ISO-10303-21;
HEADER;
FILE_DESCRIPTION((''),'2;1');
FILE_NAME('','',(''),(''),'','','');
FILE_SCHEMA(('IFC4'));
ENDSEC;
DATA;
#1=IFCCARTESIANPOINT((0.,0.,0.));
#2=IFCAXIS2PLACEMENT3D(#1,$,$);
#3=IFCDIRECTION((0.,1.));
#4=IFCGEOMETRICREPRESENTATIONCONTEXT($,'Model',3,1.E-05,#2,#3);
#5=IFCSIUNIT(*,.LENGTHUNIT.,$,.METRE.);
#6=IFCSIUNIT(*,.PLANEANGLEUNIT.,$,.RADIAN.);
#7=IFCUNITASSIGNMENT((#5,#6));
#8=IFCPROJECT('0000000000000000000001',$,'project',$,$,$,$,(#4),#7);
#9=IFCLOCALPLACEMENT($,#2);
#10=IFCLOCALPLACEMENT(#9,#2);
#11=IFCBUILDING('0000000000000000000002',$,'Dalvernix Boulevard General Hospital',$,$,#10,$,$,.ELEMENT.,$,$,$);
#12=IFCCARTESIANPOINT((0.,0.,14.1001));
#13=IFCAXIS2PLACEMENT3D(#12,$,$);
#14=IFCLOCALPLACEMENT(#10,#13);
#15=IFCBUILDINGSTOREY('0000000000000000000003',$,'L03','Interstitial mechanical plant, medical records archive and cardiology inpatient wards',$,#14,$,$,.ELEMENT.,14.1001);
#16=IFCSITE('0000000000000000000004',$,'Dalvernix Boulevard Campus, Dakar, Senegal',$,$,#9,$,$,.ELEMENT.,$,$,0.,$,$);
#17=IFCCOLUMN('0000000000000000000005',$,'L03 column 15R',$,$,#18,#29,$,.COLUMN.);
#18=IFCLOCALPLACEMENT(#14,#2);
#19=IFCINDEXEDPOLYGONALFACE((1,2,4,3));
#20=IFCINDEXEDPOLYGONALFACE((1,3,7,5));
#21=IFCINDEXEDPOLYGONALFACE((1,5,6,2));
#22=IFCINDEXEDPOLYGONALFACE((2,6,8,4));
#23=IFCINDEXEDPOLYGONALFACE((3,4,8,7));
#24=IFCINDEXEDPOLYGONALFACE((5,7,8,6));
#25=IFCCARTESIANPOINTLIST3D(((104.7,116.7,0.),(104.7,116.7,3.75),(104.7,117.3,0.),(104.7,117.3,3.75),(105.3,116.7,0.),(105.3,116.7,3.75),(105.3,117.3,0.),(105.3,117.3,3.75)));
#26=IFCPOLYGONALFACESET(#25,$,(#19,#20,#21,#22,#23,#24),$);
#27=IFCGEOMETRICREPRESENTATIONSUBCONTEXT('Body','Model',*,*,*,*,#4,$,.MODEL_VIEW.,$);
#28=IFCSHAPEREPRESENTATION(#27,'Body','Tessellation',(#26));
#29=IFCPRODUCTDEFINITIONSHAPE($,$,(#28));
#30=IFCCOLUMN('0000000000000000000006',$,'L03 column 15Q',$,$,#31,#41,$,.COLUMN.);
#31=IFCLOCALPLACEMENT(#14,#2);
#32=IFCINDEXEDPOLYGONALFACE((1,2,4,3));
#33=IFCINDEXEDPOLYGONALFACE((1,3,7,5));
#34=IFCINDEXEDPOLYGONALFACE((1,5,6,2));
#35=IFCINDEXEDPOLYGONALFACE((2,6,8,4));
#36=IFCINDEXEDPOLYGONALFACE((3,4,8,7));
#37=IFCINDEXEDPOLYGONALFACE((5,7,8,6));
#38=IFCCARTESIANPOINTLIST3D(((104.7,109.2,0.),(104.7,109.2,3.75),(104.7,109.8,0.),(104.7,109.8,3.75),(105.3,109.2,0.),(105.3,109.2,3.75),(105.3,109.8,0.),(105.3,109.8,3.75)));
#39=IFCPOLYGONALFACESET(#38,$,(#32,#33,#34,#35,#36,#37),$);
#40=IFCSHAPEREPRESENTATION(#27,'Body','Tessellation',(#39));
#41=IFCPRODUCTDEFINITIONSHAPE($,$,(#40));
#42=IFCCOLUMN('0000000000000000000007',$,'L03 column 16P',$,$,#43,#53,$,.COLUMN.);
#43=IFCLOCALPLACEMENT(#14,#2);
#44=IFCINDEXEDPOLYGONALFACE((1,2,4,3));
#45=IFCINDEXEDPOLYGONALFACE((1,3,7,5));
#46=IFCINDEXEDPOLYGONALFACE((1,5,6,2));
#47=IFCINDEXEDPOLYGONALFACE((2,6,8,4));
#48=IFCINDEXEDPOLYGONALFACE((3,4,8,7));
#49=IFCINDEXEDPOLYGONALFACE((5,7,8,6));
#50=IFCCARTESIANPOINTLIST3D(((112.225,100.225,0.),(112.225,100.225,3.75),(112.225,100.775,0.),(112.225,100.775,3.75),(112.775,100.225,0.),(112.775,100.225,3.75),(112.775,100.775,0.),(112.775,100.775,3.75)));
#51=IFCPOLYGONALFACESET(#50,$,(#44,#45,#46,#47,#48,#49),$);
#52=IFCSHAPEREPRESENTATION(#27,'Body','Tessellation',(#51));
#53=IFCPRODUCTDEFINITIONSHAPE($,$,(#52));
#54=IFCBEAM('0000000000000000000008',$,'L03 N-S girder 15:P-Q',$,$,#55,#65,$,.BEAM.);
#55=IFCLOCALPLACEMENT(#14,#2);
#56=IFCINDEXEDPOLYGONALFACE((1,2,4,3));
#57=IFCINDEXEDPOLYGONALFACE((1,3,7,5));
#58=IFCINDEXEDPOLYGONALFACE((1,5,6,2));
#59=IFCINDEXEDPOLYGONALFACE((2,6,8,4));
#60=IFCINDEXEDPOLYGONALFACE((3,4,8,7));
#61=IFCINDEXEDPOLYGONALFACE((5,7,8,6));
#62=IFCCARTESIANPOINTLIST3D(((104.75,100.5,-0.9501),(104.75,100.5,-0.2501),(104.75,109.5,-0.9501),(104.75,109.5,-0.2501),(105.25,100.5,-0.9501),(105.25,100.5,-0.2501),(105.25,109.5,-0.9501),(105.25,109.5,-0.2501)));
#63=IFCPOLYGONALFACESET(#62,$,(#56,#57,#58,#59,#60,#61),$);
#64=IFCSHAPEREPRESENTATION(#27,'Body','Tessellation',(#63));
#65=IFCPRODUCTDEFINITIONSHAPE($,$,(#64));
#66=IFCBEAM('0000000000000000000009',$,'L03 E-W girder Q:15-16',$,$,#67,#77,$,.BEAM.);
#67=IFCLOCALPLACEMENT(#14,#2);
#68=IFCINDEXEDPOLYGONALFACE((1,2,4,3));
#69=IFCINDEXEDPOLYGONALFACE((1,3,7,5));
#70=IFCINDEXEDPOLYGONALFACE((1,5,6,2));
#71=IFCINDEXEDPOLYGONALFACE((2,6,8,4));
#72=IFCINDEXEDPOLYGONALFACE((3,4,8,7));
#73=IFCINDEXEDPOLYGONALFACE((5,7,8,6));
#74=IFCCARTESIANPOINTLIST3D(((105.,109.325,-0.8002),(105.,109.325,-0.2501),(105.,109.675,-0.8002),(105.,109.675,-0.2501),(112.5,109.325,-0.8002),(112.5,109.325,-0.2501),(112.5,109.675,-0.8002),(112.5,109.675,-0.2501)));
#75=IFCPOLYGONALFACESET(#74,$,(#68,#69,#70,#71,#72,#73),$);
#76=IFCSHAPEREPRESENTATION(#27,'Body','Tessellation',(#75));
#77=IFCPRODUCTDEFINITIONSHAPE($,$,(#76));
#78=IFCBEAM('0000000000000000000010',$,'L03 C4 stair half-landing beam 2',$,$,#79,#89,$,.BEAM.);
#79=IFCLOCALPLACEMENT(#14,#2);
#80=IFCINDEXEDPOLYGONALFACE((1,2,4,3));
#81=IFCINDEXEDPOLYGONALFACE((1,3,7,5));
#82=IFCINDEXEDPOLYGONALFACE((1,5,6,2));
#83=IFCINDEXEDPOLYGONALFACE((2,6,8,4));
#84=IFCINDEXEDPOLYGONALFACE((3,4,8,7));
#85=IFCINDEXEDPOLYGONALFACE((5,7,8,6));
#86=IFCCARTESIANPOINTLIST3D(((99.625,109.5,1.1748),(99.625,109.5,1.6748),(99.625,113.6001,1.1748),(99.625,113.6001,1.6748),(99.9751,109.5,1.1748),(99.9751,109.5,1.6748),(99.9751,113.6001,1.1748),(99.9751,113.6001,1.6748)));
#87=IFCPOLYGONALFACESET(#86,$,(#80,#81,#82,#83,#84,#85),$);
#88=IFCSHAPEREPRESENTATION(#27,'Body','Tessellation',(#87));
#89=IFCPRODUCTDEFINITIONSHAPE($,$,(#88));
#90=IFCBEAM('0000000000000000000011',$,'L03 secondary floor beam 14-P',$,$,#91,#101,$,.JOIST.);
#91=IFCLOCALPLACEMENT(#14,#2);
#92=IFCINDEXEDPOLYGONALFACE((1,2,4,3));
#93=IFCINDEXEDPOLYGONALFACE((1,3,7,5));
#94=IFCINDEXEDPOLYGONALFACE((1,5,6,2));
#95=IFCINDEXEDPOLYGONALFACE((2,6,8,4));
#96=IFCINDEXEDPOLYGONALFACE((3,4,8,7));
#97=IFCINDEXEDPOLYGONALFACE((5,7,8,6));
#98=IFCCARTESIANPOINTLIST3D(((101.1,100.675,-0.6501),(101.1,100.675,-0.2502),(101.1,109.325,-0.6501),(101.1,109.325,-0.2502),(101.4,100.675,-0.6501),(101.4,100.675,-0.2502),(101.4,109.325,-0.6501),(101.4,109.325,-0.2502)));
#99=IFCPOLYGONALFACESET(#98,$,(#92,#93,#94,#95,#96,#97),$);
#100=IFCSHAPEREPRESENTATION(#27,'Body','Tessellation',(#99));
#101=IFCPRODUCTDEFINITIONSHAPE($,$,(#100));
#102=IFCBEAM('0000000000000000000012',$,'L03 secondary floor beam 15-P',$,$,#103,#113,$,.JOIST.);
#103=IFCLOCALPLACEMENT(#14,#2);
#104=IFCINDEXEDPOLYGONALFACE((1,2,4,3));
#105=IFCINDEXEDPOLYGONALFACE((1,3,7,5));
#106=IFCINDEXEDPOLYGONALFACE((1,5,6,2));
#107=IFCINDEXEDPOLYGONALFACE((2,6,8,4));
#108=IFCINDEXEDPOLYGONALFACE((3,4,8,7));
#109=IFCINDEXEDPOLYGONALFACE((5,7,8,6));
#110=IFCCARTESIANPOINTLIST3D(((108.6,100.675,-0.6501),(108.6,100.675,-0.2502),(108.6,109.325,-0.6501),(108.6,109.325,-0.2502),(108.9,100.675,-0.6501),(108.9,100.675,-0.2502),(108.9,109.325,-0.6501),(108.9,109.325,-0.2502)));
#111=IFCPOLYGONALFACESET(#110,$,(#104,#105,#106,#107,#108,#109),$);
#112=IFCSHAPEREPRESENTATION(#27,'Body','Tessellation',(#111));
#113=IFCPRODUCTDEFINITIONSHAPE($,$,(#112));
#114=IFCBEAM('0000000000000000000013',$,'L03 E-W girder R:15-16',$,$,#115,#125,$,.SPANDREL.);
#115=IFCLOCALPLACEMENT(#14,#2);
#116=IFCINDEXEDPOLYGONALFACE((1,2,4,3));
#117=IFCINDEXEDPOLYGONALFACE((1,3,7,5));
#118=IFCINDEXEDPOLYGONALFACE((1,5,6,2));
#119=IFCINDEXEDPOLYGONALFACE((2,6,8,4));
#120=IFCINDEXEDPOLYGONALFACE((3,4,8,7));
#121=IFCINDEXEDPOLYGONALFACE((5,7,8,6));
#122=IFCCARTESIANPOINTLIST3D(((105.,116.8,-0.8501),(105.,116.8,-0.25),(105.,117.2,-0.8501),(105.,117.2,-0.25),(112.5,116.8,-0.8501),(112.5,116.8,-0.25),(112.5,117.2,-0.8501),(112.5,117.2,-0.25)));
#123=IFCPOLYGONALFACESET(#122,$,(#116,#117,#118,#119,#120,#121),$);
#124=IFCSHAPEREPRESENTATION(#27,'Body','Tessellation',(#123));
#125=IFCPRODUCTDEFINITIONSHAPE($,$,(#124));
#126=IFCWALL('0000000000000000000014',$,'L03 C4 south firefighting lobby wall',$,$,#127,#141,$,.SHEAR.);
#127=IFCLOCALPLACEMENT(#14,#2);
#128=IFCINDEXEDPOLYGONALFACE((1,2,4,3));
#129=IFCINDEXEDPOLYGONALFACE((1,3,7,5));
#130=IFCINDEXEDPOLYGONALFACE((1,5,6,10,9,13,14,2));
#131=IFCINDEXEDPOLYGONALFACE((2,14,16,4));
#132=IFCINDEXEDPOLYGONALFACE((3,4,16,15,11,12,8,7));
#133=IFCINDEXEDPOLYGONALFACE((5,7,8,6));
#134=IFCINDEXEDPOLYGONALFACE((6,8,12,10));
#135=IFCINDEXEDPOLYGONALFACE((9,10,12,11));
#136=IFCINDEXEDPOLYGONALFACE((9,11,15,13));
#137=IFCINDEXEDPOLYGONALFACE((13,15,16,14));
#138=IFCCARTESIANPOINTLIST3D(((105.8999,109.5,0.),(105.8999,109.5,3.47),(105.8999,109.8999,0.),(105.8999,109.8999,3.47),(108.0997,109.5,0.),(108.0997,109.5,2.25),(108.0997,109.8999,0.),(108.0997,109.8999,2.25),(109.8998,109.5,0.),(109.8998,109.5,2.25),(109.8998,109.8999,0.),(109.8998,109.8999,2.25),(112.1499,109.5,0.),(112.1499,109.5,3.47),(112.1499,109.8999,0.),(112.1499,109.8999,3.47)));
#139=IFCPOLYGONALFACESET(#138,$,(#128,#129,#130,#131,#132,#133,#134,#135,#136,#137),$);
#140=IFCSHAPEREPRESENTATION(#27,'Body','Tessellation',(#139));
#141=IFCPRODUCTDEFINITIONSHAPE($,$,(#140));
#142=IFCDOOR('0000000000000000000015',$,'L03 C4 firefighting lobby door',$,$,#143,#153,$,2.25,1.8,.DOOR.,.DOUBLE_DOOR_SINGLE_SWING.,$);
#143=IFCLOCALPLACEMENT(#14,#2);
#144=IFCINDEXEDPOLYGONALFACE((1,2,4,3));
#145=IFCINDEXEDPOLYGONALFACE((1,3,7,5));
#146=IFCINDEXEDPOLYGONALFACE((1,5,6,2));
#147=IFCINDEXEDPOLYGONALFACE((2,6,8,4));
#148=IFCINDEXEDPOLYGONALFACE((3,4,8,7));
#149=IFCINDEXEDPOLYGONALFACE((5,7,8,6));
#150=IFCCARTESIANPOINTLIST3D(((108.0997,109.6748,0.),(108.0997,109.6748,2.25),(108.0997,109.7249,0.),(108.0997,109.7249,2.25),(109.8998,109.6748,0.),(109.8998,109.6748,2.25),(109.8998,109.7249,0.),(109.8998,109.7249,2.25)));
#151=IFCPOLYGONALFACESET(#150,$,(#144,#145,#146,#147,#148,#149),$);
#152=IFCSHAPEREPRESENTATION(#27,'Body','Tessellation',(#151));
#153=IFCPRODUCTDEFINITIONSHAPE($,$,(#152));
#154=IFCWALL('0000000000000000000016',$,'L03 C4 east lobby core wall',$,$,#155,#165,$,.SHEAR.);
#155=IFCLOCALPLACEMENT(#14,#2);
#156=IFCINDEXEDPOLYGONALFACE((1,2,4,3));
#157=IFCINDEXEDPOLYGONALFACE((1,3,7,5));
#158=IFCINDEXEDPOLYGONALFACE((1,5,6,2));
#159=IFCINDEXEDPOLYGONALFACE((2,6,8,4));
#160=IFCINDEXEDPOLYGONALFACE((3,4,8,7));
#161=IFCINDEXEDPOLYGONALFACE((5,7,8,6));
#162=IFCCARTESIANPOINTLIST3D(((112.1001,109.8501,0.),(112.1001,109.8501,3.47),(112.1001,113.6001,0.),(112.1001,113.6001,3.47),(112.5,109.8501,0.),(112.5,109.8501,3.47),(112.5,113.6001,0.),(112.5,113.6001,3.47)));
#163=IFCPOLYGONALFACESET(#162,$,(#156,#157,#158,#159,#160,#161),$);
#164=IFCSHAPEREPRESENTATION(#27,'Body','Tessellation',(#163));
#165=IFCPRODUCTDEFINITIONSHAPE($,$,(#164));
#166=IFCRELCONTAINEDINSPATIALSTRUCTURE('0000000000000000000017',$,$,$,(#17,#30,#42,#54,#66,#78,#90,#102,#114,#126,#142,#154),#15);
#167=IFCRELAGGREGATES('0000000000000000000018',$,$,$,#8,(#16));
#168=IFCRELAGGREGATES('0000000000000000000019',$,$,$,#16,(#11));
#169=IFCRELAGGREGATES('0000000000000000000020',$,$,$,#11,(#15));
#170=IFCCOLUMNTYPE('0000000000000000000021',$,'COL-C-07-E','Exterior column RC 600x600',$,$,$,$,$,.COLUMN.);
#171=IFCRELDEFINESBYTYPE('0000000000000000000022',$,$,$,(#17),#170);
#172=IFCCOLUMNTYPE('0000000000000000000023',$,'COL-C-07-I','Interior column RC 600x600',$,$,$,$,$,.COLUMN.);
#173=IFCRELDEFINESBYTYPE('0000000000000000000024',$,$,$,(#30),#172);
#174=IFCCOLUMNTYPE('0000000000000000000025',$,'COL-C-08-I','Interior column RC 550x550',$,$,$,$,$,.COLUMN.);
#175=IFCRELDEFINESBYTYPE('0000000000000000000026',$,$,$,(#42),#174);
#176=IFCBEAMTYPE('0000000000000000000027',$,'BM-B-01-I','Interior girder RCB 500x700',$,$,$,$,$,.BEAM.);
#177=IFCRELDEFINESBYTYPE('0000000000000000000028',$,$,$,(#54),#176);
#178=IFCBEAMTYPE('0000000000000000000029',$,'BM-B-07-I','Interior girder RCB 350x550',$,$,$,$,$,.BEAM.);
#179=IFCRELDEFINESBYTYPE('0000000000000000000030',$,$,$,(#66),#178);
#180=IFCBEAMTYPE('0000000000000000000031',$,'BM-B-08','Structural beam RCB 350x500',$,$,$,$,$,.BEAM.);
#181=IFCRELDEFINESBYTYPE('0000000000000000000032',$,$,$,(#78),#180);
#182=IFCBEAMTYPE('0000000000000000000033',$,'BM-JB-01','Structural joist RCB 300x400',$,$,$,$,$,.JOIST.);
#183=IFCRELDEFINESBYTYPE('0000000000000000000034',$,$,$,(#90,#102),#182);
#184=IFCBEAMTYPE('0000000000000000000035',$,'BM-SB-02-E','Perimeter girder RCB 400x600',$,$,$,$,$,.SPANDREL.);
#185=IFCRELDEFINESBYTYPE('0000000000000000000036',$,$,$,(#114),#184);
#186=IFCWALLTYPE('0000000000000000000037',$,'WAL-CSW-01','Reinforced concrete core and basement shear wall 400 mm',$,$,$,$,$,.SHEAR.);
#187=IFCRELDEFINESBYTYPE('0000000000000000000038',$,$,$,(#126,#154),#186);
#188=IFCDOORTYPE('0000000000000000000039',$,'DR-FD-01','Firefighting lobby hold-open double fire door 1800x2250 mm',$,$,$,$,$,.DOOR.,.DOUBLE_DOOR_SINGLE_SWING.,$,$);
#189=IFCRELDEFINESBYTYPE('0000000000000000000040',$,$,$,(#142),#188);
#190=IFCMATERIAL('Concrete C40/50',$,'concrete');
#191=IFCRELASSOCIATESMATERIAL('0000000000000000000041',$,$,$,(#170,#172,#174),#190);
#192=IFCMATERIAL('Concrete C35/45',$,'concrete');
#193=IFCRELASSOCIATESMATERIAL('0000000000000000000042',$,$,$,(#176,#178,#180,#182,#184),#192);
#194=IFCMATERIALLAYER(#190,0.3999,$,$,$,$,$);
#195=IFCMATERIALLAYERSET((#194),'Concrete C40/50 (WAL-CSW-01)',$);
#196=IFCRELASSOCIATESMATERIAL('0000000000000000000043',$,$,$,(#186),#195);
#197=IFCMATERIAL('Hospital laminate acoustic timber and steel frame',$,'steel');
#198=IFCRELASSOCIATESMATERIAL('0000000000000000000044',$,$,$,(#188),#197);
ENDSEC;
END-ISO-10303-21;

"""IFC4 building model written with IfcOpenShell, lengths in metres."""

from ifc_helpers import new_model, si_unit, direction, frame, frame_2d, origin, origin_2d, place, context, subcontext, project, spatial, rectangle, extrude, material, layer, layer_set, material_profile, profile_set, type_object, element, fill, save


model = new_model("IFC4")

# Units and contexts
model_context = context("Model", 3, precision=1e-05, world=origin(), true_north=direction((0.0, 1.0)))
body_context = subcontext(model_context, "Body", "Model", "MODEL_VIEW")
ifc_project = project(units=[si_unit("LENGTHUNIT", "METRE"), si_unit("PLANEANGLEUNIT", "RADIAN")], contexts=[model_context])

# Site, building, storey
site_placement = place(None, origin())
site = spatial("IfcSite", under=ifc_project, at=site_placement, Name="Dalvernix Boulevard Campus, Dakar, Senegal", CompositionType="ELEMENT", RefElevation=0.0)
building_placement = place(site_placement, origin())
building = spatial("IfcBuilding", under=site, at=building_placement, Name="Dalvernix Boulevard General Hospital", CompositionType="ELEMENT")
storey_placement = place(building_placement, frame((0.0, 0.0, 14.1001)))
storey = spatial("IfcBuildingStorey", under=building, at=storey_placement, Name="L03", Description="Interstitial mechanical plant, medical records archive and cardiology inpatient wards", CompositionType="ELEMENT", Elevation=14.1001)

# Columns
ifc_material_1 = material(Name="Concrete C40/50", Category="concrete")
ifc_material_profile_1 = material_profile(ifc_material_1, rectangle(XDim=0.6001, YDim=0.6001, at=origin_2d()), Name="RC 600x600")
ifc_profile_set_1 = profile_set([ifc_material_profile_1], Name="Concrete C40/50")
column_type_1 = type_object("IfcColumnType", Name="COL-C-07-E", Description="Exterior column RC 600x600", PredefinedType="COLUMN", material=ifc_profile_set_1)
column_1_placement = place(storey_placement, frame((105.0, 117.0, 0.0), z_axis=(0.0, 0.0, 1.0), x_axis=(1.0, 0.0, 0.0)))
element("IfcColumn", 1, at=column_1_placement, inside=storey, type_object=column_type_1, Name="L03 column 15R", PredefinedType="COLUMN", context=body_context, shape_type="SweptSolid", body=[
    extrude(rectangle(XDim=0.6001, YDim=0.6001, at=origin_2d()), origin(), (0.0, 0.0, 1.0), 3.75),
])
ifc_material_profile_2 = material_profile(ifc_material_1, rectangle(XDim=0.6001, YDim=0.6001, at=origin_2d()), Name="RC 600x600")
ifc_profile_set_2 = profile_set([ifc_material_profile_2], Name="Concrete C40/50")
column_type_2 = type_object("IfcColumnType", Name="COL-C-07-I", Description="Interior column RC 600x600", PredefinedType="COLUMN", material=ifc_profile_set_2)
column_2_placement = place(storey_placement, frame((105.0, 109.5, 0.0), z_axis=(0.0, 0.0, 1.0), x_axis=(1.0, 0.0, 0.0)))
element("IfcColumn", 2, at=column_2_placement, inside=storey, type_object=column_type_2, Name="L03 column 15Q", PredefinedType="COLUMN", context=body_context, shape_type="SweptSolid", body=[
    extrude(rectangle(XDim=0.6001, YDim=0.6001, at=origin_2d()), origin(), (0.0, 0.0, 1.0), 3.75),
])
ifc_material_profile_3 = material_profile(ifc_material_1, rectangle(XDim=0.55, YDim=0.55, at=origin_2d()), Name="RC 550x550")
ifc_profile_set_3 = profile_set([ifc_material_profile_3], Name="Concrete C40/50")
column_type_3 = type_object("IfcColumnType", Name="COL-C-08-I", Description="Interior column RC 550x550", PredefinedType="COLUMN", material=ifc_profile_set_3)
column_3_placement = place(storey_placement, frame((112.5, 100.5, 0.0), z_axis=(0.0, 0.0, 1.0), x_axis=(1.0, 0.0, 0.0)))
element("IfcColumn", 3, at=column_3_placement, inside=storey, type_object=column_type_3, Name="L03 column 16P", PredefinedType="COLUMN", context=body_context, shape_type="SweptSolid", body=[
    extrude(rectangle(XDim=0.55, YDim=0.55, at=origin_2d()), origin(), (0.0, 0.0, 1.0), 3.75),
])

# Beams
ifc_material_2 = material(Name="Concrete C35/45", Category="concrete")
ifc_material_profile_4 = material_profile(ifc_material_2, rectangle(XDim=0.5, YDim=0.7, at=origin_2d()), Name="RCB 500x700")
ifc_profile_set_4 = profile_set([ifc_material_profile_4], Name="Concrete C35/45")
beam_type_1 = type_object("IfcBeamType", Name="BM-B-01-I", Description="Interior girder RCB 500x700", PredefinedType="BEAM", material=ifc_profile_set_4)
beam_1_placement = place(storey_placement, frame((105.0, 100.5, -0.6001), z_axis=(0.0, 1.0, 0.0), x_axis=(-1.0, 0.0, 0.0)))
element("IfcBeam", 4, at=beam_1_placement, inside=storey, type_object=beam_type_1, Name="L03 N-S girder 15:P-Q", PredefinedType="BEAM", context=body_context, shape_type="SweptSolid", body=[
    extrude(rectangle(XDim=0.5, YDim=0.7, at=origin_2d()), origin(), (0.0, 0.0, 1.0), 9.0),
])
ifc_material_profile_5 = material_profile(ifc_material_2, rectangle(XDim=0.3501, YDim=0.55, at=origin_2d()), Name="RCB 350x550")
ifc_profile_set_5 = profile_set([ifc_material_profile_5], Name="Concrete C35/45")
beam_type_2 = type_object("IfcBeamType", Name="BM-B-07-I", Description="Interior girder RCB 350x550", PredefinedType="BEAM", material=ifc_profile_set_5)
beam_2_placement = place(storey_placement, frame((105.0, 109.5, -0.5251), z_axis=(1.0, 0.0, 0.0), x_axis=(0.0, 1.0, 0.0)))
element("IfcBeam", 5, at=beam_2_placement, inside=storey, type_object=beam_type_2, Name="L03 E-W girder Q:15-16", PredefinedType="BEAM", context=body_context, shape_type="SweptSolid", body=[
    extrude(rectangle(XDim=0.3501, YDim=0.55, at=origin_2d()), origin(), (0.0, 0.0, 1.0), 7.5),
])
ifc_material_profile_6 = material_profile(ifc_material_2, rectangle(XDim=0.3501, YDim=0.5, at=origin_2d()), Name="RCB 350x500")
ifc_profile_set_6 = profile_set([ifc_material_profile_6], Name="Concrete C35/45")
beam_type_3 = type_object("IfcBeamType", Name="BM-B-08", Description="Structural beam RCB 350x500", PredefinedType="BEAM", material=ifc_profile_set_6)
beam_3_placement = place(storey_placement, frame((99.8, 109.5, 1.4248), z_axis=(0.0, 1.0, 0.0), x_axis=(-1.0, 0.0, 0.0)))
element("IfcBeam", 6, at=beam_3_placement, inside=storey, type_object=beam_type_3, Name="L03 C4 stair half-landing beam 2", PredefinedType="BEAM", context=body_context, shape_type="SweptSolid", body=[
    extrude(rectangle(XDim=0.3501, YDim=0.5, at=origin_2d()), origin(), (0.0, 0.0, 1.0), 4.1001),
])
ifc_material_profile_7 = material_profile(ifc_material_2, rectangle(XDim=0.3, YDim=0.3999, at=origin_2d()), Name="RCB 300x400")
ifc_profile_set_7 = profile_set([ifc_material_profile_7], Name="Concrete C35/45")
beam_type_4 = type_object("IfcBeamType", Name="BM-JB-01", Description="Structural joist RCB 300x400", PredefinedType="JOIST", material=ifc_profile_set_7)
for number, where, z_axis, x_axis, name in (
    (7, (101.25, 100.675, -0.4502), (0.0, 1.0, 0.0), (-1.0, 0.0, 0.0), "L03 secondary floor beam 14-P"),
    (8, (108.75, 100.675, -0.4502), (0.0, 1.0, 0.0), (-1.0, 0.0, 0.0), "L03 secondary floor beam 15-P"),
):
    element("IfcBeam", number, at=place(storey_placement, frame(where, z_axis=z_axis, x_axis=x_axis)), inside=storey, type_object=beam_type_4, Name=name, PredefinedType="JOIST", context=body_context, shape_type="SweptSolid", body=[
        extrude(rectangle(XDim=0.3, YDim=0.3999, at=origin_2d()), origin(), (0.0, 0.0, 1.0), 8.6499),
    ])
ifc_material_profile_8 = material_profile(ifc_material_2, rectangle(XDim=0.3999, YDim=0.6001, at=origin_2d()), Name="RCB 400x600")
ifc_profile_set_8 = profile_set([ifc_material_profile_8], Name="Concrete C35/45")
beam_type_5 = type_object("IfcBeamType", Name="BM-SB-02-E", Description="Perimeter girder RCB 400x600", PredefinedType="SPANDREL", material=ifc_profile_set_8)
beam_4_placement = place(storey_placement, frame((105.0, 117.0, -0.55), z_axis=(1.0, 0.0, 0.0), x_axis=(0.0, 1.0, 0.0)))
element("IfcBeam", 9, at=beam_4_placement, inside=storey, type_object=beam_type_5, Name="L03 E-W girder R:15-16", PredefinedType="SPANDREL", context=body_context, shape_type="SweptSolid", body=[
    extrude(rectangle(XDim=0.3999, YDim=0.6001, at=origin_2d()), origin(), (0.0, 0.0, 1.0), 7.5),
])

# Wall, opening, door
ifc_layer_1 = layer(ifc_material_1, 0.3999)
ifc_layer_set_1 = layer_set([ifc_layer_1], Name="Concrete C40/50 (WAL-CSW-01)")
wall_type_1 = type_object("IfcWallType", Name="WAL-CSW-01", Description="Reinforced concrete core and basement shear wall 400 mm", PredefinedType="SHEAR", material=ifc_layer_set_1)
wall_1_placement = place(storey_placement, frame((105.8999, 109.7, 0.0), z_axis=(0.0, 0.0, 1.0), x_axis=(1.0, 0.0, 0.0)))
wall_1 = element("IfcWall", 10, at=wall_1_placement, inside=storey, type_object=wall_type_1, Name="L03 C4 south firefighting lobby wall", PredefinedType="SHEAR", context=body_context, shape_type="SweptSolid", body=[
    extrude(rectangle(XDim=6.25, YDim=0.3999, at=frame_2d((3.125, 0.0))), origin(), (0.0, 0.0, 1.0), 3.47),
])
opening_1_placement = place(wall_1_placement, frame((2.2, 0.0, 0.0)))
opening_1 = element("IfcOpeningElement", 11, at=opening_1_placement, cuts=wall_1, PredefinedType="OPENING", context=body_context, shape_type="SweptSolid", body=[
    extrude(rectangle(XDim=1.8, YDim=2.25, at=frame_2d((0.8999, 1.125))), frame((0.0, 0.21, 0.0), z_axis=(0.0, -1.0, 0.0), x_axis=(1.0, 0.0, 0.0)), (0.0, 0.0, 1.0), 0.4199),
])
ifc_material_3 = material(Name="Hospital laminate acoustic timber and steel frame", Category="steel")
door_type_1 = type_object("IfcDoorType", Name="DR-FD-01", Description="Firefighting lobby hold-open double fire door 1800x2250 mm", OperationType="DOUBLE_DOOR_SINGLE_SWING", PredefinedType="DOOR", material=ifc_material_3)
door_1_placement = place(opening_1_placement, origin())
door_1 = element("IfcDoor", 12, at=door_1_placement, inside=storey, type_object=door_type_1, Name="L03 C4 firefighting lobby door", OperationType="DOUBLE_DOOR_SINGLE_SWING", OverallHeight=2.25, OverallWidth=1.8, PredefinedType="DOOR", context=body_context, shape_type="SweptSolid", body=[
    extrude(rectangle(XDim=1.8, YDim=2.25, at=frame_2d((0.8999, 1.125))), frame((0.0, 0.0249, 0.0), z_axis=(0.0, -1.0, 0.0), x_axis=(1.0, 0.0, 0.0)), (0.0, 0.0, 1.0), 0.05),
])
fill(opening_1, door_1)

# Wall
wall_2_placement = place(storey_placement, frame((112.3, 109.8501, 0.0), z_axis=(0.0, 0.0, 1.0), x_axis=(0.0, 1.0, 0.0)))
element("IfcWall", 13, at=wall_2_placement, inside=storey, type_object=wall_type_1, Name="L03 C4 east lobby core wall", PredefinedType="SHEAR", context=body_context, shape_type="SweptSolid", body=[
    extrude(rectangle(XDim=3.75, YDim=0.3999, at=frame_2d((1.875, 0.0))), origin(), (0.0, 0.0, 1.0), 3.47),
])

save(model, "model.ifc")
